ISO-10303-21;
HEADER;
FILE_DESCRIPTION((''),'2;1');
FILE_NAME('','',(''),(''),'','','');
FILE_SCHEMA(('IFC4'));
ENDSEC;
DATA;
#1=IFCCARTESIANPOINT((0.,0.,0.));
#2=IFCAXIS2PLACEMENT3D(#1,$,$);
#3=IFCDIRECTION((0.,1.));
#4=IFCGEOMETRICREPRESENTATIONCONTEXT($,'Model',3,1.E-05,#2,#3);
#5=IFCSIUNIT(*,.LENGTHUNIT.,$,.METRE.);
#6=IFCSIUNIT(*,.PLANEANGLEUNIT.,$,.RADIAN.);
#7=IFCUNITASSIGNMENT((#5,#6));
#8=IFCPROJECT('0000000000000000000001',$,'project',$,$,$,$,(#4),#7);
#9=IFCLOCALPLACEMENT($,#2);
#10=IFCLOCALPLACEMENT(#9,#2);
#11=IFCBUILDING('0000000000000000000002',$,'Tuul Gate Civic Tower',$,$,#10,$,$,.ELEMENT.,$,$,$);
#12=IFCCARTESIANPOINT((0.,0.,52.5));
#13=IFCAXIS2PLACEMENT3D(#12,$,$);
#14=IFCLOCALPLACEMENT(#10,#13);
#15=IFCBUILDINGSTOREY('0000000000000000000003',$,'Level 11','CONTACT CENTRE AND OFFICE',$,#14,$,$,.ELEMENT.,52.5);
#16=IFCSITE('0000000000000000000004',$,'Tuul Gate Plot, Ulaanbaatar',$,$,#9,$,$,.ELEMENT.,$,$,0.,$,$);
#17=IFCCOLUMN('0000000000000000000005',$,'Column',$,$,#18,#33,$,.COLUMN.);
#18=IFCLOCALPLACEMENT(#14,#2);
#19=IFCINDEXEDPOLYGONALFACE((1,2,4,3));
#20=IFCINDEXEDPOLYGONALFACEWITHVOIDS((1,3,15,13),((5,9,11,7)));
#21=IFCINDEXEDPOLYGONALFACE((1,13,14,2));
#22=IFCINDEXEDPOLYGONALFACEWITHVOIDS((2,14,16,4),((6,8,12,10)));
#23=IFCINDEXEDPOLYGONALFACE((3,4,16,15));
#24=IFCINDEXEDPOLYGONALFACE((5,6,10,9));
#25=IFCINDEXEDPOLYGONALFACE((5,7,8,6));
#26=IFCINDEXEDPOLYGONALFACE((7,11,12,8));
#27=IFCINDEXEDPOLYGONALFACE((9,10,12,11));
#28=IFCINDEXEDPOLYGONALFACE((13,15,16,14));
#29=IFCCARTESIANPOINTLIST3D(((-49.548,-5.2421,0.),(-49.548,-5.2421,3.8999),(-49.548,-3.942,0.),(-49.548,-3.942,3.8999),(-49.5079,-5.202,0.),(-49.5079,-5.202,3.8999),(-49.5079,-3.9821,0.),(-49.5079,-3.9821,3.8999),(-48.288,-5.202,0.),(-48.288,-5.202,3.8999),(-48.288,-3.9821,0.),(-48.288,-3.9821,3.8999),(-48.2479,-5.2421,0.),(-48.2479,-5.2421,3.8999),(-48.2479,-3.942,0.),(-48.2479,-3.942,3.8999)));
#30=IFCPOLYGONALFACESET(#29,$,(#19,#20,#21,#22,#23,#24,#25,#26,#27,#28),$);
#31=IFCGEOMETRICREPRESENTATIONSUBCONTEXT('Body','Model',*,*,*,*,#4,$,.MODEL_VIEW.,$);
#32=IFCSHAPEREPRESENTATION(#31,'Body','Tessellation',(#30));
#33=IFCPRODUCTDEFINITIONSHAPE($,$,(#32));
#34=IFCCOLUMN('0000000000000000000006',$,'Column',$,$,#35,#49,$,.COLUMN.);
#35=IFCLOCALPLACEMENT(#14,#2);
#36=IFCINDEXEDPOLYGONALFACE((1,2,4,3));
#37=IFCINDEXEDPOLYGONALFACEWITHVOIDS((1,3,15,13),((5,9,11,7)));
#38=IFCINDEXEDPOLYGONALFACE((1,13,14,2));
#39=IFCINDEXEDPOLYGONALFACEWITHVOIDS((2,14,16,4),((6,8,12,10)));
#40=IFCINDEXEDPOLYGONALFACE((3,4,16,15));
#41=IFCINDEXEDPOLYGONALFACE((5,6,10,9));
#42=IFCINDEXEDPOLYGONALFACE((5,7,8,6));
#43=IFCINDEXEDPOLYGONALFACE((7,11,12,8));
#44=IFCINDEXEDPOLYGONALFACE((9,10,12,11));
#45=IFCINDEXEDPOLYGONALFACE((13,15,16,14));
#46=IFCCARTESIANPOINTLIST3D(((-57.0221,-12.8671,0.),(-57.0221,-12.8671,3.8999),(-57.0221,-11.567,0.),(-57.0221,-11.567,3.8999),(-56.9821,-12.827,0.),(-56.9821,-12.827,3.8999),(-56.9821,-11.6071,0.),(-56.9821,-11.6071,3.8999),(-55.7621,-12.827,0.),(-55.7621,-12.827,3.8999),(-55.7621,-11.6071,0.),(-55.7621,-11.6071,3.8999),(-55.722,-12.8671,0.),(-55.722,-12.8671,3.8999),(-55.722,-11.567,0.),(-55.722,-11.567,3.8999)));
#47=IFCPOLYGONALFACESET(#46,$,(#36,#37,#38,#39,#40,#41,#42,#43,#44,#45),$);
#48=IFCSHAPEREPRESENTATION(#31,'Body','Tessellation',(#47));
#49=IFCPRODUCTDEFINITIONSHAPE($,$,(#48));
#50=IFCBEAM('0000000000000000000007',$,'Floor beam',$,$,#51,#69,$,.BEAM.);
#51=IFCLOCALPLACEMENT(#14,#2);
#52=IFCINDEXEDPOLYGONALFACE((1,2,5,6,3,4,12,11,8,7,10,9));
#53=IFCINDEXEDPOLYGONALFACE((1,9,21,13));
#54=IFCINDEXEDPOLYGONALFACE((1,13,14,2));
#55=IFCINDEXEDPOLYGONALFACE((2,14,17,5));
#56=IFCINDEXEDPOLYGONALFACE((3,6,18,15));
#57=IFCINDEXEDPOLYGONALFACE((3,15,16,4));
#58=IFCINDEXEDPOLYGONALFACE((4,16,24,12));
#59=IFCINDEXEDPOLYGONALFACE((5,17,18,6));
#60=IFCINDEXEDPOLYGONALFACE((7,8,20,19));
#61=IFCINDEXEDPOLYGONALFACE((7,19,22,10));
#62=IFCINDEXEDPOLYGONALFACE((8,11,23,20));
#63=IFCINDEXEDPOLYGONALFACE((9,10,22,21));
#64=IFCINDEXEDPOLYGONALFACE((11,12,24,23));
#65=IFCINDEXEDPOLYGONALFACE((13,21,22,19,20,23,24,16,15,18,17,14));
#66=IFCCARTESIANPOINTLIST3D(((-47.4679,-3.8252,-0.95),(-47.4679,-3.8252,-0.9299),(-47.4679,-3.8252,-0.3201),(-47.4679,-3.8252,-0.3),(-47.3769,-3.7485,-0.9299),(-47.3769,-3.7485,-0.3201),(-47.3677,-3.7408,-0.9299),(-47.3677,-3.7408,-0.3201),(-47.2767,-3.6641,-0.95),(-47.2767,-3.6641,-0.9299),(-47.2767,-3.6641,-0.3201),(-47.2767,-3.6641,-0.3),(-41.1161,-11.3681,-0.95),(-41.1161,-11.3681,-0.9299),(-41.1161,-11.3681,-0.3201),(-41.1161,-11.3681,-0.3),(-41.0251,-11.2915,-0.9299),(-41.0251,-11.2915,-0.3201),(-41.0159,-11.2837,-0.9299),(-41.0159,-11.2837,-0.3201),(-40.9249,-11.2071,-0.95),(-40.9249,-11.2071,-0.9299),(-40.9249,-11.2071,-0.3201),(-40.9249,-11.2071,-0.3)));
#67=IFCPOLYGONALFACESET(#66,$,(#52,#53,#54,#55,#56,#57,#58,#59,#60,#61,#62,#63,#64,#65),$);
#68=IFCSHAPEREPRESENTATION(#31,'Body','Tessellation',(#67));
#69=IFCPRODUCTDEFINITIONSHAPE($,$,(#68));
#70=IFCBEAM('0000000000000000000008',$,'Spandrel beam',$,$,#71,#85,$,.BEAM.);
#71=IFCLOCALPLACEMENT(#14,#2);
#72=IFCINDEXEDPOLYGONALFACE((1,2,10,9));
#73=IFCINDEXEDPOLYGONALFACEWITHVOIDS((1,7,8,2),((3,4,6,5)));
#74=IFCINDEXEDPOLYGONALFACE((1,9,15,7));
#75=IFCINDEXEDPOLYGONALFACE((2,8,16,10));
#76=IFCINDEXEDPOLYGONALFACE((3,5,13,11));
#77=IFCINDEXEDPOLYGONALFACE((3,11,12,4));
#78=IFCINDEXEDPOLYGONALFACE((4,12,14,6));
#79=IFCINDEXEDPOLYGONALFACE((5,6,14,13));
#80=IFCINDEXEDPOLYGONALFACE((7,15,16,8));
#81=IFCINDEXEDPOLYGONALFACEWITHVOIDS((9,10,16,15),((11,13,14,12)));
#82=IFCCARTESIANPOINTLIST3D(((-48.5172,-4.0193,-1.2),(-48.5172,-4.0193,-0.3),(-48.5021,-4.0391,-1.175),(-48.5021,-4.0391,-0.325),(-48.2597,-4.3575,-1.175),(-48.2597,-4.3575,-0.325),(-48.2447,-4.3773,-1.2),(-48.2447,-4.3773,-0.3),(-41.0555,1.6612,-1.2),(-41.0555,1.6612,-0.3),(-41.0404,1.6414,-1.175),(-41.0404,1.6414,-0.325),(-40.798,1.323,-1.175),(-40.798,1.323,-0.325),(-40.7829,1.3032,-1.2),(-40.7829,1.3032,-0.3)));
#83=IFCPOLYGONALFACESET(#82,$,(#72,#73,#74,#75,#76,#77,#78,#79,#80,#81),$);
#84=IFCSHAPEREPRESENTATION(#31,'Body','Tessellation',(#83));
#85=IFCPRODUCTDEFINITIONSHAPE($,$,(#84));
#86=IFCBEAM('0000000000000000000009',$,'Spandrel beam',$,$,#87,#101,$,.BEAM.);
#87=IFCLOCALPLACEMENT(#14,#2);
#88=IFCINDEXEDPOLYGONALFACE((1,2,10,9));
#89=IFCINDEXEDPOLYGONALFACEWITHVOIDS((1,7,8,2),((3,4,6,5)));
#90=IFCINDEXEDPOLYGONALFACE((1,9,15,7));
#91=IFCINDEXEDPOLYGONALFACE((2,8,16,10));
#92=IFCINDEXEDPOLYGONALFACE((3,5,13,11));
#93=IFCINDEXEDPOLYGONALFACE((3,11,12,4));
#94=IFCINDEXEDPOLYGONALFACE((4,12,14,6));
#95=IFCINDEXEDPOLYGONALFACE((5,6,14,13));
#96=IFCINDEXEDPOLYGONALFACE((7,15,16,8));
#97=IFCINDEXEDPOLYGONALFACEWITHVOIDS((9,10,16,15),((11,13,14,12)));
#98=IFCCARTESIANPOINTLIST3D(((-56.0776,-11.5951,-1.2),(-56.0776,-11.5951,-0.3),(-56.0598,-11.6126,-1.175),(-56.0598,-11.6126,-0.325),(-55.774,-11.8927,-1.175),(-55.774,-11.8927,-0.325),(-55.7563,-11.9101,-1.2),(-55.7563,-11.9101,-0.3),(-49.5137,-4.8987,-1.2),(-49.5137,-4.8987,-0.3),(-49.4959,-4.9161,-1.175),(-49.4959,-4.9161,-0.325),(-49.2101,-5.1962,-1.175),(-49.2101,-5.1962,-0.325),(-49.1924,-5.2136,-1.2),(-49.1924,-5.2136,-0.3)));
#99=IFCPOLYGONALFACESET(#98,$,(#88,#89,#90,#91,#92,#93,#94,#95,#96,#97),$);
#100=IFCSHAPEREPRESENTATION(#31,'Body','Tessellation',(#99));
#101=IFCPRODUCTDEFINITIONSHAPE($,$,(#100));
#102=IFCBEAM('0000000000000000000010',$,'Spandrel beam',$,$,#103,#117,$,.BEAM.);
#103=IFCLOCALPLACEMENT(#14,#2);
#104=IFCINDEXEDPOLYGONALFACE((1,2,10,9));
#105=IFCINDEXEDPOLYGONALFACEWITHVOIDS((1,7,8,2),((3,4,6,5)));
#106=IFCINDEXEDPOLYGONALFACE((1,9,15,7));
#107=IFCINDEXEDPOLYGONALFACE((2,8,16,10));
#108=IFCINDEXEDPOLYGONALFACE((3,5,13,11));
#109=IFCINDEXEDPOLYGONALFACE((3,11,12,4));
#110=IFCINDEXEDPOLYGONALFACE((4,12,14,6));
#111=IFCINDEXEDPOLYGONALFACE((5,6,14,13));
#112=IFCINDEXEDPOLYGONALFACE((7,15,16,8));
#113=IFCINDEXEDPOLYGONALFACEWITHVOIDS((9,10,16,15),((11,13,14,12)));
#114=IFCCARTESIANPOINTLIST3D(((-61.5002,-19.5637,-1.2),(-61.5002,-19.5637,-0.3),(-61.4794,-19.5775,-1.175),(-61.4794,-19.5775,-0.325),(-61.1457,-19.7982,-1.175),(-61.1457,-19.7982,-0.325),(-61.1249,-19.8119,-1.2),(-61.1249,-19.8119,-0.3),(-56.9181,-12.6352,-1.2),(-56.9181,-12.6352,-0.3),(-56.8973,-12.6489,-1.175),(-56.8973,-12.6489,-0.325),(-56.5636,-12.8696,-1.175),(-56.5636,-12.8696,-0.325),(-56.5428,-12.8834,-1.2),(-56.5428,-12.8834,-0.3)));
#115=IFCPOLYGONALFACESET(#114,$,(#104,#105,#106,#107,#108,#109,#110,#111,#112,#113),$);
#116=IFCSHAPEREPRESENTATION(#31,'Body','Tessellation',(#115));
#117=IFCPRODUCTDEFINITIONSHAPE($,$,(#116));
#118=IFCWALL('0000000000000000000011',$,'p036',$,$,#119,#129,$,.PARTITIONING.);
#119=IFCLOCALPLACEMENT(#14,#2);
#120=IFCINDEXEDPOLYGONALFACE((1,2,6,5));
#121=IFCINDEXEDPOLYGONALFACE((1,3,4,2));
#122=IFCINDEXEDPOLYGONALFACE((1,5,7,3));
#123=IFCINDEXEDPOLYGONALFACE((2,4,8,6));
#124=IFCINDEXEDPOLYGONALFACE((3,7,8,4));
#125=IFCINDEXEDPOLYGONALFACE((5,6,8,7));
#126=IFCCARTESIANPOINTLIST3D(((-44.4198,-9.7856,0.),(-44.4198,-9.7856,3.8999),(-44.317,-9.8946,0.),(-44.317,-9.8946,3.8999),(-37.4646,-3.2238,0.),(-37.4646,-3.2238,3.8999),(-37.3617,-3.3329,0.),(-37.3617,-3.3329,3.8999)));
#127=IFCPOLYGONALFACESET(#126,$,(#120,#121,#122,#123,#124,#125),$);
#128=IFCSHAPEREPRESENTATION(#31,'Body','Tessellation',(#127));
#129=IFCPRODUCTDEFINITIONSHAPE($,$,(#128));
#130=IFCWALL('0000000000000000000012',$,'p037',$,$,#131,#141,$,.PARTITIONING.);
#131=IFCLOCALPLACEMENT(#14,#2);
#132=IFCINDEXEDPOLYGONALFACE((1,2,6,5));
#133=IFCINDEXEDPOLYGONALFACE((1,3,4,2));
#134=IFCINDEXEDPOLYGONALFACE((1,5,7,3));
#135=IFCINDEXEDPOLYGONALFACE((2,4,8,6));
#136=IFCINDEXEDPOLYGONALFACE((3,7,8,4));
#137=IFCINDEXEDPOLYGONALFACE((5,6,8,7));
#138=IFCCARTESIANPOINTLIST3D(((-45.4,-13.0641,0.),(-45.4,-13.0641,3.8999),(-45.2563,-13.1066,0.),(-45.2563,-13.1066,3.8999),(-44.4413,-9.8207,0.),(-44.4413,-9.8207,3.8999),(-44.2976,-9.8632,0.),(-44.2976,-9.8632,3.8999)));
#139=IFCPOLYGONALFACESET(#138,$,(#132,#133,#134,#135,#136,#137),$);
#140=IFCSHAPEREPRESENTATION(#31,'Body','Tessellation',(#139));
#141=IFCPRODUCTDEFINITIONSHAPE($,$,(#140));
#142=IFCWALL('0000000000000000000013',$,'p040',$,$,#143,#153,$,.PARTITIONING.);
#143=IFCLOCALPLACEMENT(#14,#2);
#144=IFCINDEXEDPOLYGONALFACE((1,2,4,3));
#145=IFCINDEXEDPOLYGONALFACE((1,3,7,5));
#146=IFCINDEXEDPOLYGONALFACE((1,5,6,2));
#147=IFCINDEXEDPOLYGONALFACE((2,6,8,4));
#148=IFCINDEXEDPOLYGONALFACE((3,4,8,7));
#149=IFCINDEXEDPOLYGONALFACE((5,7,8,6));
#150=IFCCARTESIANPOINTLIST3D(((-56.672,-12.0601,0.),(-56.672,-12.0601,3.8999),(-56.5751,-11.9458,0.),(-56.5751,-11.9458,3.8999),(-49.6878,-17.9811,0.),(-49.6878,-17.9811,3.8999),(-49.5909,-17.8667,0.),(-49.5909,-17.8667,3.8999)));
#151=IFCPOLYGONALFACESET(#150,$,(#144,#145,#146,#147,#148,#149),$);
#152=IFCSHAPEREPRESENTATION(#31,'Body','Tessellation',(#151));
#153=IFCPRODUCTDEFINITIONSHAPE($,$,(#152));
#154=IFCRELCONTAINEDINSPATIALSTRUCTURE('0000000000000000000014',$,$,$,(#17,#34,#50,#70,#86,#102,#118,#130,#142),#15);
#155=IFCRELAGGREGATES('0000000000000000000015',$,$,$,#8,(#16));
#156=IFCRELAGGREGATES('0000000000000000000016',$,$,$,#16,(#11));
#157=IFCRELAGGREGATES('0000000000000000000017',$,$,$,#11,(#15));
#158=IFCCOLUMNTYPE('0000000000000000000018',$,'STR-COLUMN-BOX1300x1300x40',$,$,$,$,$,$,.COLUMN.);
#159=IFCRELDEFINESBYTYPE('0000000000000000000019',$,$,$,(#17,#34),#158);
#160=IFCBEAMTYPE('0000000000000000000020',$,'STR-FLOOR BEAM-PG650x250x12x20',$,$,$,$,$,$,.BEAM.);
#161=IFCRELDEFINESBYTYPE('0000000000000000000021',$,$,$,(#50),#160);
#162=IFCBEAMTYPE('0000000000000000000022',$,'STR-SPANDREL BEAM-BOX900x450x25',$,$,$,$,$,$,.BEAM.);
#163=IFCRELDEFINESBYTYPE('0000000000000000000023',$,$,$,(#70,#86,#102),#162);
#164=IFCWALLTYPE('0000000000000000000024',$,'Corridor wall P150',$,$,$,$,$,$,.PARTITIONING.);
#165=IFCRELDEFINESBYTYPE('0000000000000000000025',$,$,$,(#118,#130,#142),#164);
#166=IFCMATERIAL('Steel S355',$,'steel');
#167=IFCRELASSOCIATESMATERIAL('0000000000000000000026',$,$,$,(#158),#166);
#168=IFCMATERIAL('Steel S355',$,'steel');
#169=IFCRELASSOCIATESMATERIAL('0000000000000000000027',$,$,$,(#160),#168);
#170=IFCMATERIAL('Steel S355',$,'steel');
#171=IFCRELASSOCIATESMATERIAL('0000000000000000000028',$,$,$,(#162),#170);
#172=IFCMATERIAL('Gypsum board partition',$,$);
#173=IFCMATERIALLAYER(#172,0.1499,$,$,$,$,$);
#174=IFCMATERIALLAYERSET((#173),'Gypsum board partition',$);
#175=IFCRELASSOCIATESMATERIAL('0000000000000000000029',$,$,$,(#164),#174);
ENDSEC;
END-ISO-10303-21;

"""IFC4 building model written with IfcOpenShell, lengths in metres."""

from ifc_helpers import new_model, si_unit, direction, frame, frame_2d, origin, origin_2d, place, context, subcontext, project, spatial, rectangle, hollow_rectangle, i_section, extrude, material, layer, layer_set, material_profile, profile_set, type_object, element, save


model = new_model("IFC4")

# Units and contexts
model_context = context("Model", 3, precision=1e-05, world=origin(), true_north=direction((0.0, 1.0)))
body_context = subcontext(model_context, "Body", "Model", "MODEL_VIEW")
ifc_project = project(units=[si_unit("LENGTHUNIT", "METRE"), si_unit("PLANEANGLEUNIT", "RADIAN")], contexts=[model_context])

# Site, building, storey
site_placement = place(None, origin())
site = spatial("IfcSite", under=ifc_project, at=site_placement, Name="Tuul Gate Plot, Ulaanbaatar", CompositionType="ELEMENT", RefElevation=0.0)
building_placement = place(site_placement, origin())
building = spatial("IfcBuilding", under=site, at=building_placement, Name="Tuul Gate Civic Tower", CompositionType="ELEMENT")
storey_placement = place(building_placement, frame((0.0, 0.0, 52.5)))
storey = spatial("IfcBuildingStorey", under=building, at=storey_placement, Name="Level 11", Description="CONTACT CENTRE AND OFFICE", CompositionType="ELEMENT", Elevation=52.5)

# Columns
ifc_material_1 = material(Name="Steel S355", Category="steel")
ifc_material_profile_1 = material_profile(ifc_material_1, hollow_rectangle(XDim=1.3, YDim=1.3, WallThickness=0.04, at=origin_2d()), Name="BOX1300x1300x40")
ifc_profile_set_1 = profile_set([ifc_material_profile_1], Name="Steel S355")
column_type = type_object("IfcColumnType", Name="STR-COLUMN-BOX1300x1300x40", PredefinedType="COLUMN", material=ifc_profile_set_1)
for number, where, z_axis, x_axis, name in (
    (1, (-48.8979, -4.592, 0.0), (0.0, 0.0, 1.0), (1.0, 0.0, 0.0), "Column"),
    (2, (-56.3721, -12.217, 0.0), (0.0, 0.0, 1.0), (1.0, 0.0, 0.0), "Column"),
):
    element("IfcColumn", number, at=place(storey_placement, frame(where, z_axis=z_axis, x_axis=x_axis)), inside=storey, type_object=column_type, Name=name, PredefinedType="COLUMN", context=body_context, shape_type="SweptSolid", body=[
        extrude(hollow_rectangle(XDim=1.3, YDim=1.3, WallThickness=0.04, at=origin_2d()), origin(), (0.0, 0.0, 1.0), 3.8999),
    ])

# Beams
ifc_material_2 = material(Name="Steel S355", Category="steel")
ifc_material_profile_2 = material_profile(ifc_material_2, i_section(OverallWidth=0.25, OverallDepth=0.6499, WebThickness=0.012, FlangeThickness=0.02, at=origin_2d()), Name="PG650x250x12x20")
ifc_profile_set_2 = profile_set([ifc_material_profile_2], Name="Steel S355")
beam_type_1 = type_object("IfcBeamType", Name="STR-FLOOR BEAM-PG650x250x12x20", PredefinedType="BEAM", material=ifc_profile_set_2)
beam_1_placement = place(storey_placement, frame((-41.0205, -11.2876, -0.625), z_axis=(-0.644126, 0.76492, 0.0), x_axis=(-0.76492, -0.644126, 0.0)))
element("IfcBeam", 3, at=beam_1_placement, inside=storey, type_object=beam_type_1, Name="Floor beam", PredefinedType="BEAM", context=body_context, shape_type="SweptSolid", body=[
    extrude(i_section(OverallWidth=0.25, OverallDepth=0.6499, WebThickness=0.012, FlangeThickness=0.02, at=origin_2d()), origin(), (0.0, 0.0, 1.0), 9.8611),
])
ifc_material_3 = material(Name="Steel S355", Category="steel")
ifc_material_profile_3 = material_profile(ifc_material_3, hollow_rectangle(XDim=0.45, YDim=0.8999, WallThickness=0.0249, at=origin_2d()), Name="BOX900x450x25")
ifc_profile_set_3 = profile_set([ifc_material_profile_3], Name="Steel S355")
beam_type_2 = type_object("IfcBeamType", Name="STR-SPANDREL BEAM-BOX900x450x25", PredefinedType="BEAM", material=ifc_profile_set_3)
beam_2_placement = place(storey_placement, frame((-40.9192, 1.4822, -0.75), z_axis=(-0.795671, -0.605729, 0.0), x_axis=(0.605729, -0.795671, 0.0)))
element("IfcBeam", 4, at=beam_2_placement, inside=storey, type_object=beam_type_2, Name="Spandrel beam", PredefinedType="BEAM", context=body_context, shape_type="SweptSolid", body=[
    extrude(hollow_rectangle(XDim=0.45, YDim=0.8999, WallThickness=0.0249, at=origin_2d()), origin(), (0.0, 0.0, 1.0), 9.3779),
])
beam_3_placement = place(storey_placement, frame((-49.353, -5.0562, -0.75), z_axis=(-0.700003, -0.71414, 0.0), x_axis=(0.71414, -0.700003, 0.0)))
element("IfcBeam", 5, at=beam_3_placement, inside=storey, type_object=beam_type_2, Name="Spandrel beam", PredefinedType="BEAM", context=body_context, shape_type="SweptSolid", body=[
    extrude(hollow_rectangle(XDim=0.45, YDim=0.8999, WallThickness=0.0249, at=origin_2d()), origin(), (0.0, 0.0, 1.0), 9.377),
])
beam_4_placement = place(storey_placement, frame((-56.7305, -12.7593, -0.75), z_axis=(-0.551617, -0.834097, 0.0), x_axis=(0.834097, -0.551617, 0.0)))
element("IfcBeam", 6, at=beam_4_placement, inside=storey, type_object=beam_type_2, Name="Spandrel beam", PredefinedType="BEAM", context=body_context, shape_type="SweptSolid", body=[
    extrude(hollow_rectangle(XDim=0.45, YDim=0.8999, WallThickness=0.0249, at=origin_2d()), origin(), (0.0, 0.0, 1.0), 8.3066),
])

# Walls
ifc_material_4 = material(Name="Gypsum board partition")
ifc_layer_1 = layer(ifc_material_4, 0.1499)
ifc_layer_set_1 = layer_set([ifc_layer_1], Name="Gypsum board partition")
wall_type_1 = type_object("IfcWallType", Name="Corridor wall P150", PredefinedType="PARTITIONING", material=ifc_layer_set_1)
wall_1_placement = place(storey_placement, frame((-44.3684, -9.8401, 0.0), z_axis=(0.0, 0.0, 1.0), x_axis=(0.727386, 0.686228, 0.0)))
element("IfcWall", 7, at=wall_1_placement, inside=storey, type_object=wall_type_1, Name="p036", PredefinedType="PARTITIONING", context=body_context, shape_type="SweptSolid", body=[
    extrude(rectangle(XDim=9.562, YDim=0.1499, at=frame_2d((4.781, 0.0))), origin(), (0.0, 0.0, 1.0), 3.8999),
])
wall_2_placement = place(storey_placement, frame((-45.3281, -13.0852, 0.0), z_axis=(0.0, 0.0, 1.0), x_axis=(0.283471, 0.958981, 0.0)))
element("IfcWall", 8, at=wall_2_placement, inside=storey, type_object=wall_type_1, Name="p037", PredefinedType="PARTITIONING", context=body_context, shape_type="SweptSolid", body=[
    extrude(rectangle(XDim=3.3821, YDim=0.1499, at=frame_2d((1.6909, 0.0))), origin(), (0.0, 0.0, 1.0), 3.8999),
])
wall_3_placement = place(storey_placement, frame((-56.6235, -12.0029, 0.0), z_axis=(0.0, 0.0, 1.0), x_axis=(0.76278, -0.646658, 0.0)))
element("IfcWall", 9, at=wall_3_placement, inside=storey, type_object=wall_type_1, Name="p040", PredefinedType="PARTITIONING", context=body_context, shape_type="SweptSolid", body=[
    extrude(rectangle(XDim=9.1562, YDim=0.1499, at=frame_2d((4.5781, 0.0))), origin(), (0.0, 0.0, 1.0), 3.8999),
])

save(model, "model.ifc")
